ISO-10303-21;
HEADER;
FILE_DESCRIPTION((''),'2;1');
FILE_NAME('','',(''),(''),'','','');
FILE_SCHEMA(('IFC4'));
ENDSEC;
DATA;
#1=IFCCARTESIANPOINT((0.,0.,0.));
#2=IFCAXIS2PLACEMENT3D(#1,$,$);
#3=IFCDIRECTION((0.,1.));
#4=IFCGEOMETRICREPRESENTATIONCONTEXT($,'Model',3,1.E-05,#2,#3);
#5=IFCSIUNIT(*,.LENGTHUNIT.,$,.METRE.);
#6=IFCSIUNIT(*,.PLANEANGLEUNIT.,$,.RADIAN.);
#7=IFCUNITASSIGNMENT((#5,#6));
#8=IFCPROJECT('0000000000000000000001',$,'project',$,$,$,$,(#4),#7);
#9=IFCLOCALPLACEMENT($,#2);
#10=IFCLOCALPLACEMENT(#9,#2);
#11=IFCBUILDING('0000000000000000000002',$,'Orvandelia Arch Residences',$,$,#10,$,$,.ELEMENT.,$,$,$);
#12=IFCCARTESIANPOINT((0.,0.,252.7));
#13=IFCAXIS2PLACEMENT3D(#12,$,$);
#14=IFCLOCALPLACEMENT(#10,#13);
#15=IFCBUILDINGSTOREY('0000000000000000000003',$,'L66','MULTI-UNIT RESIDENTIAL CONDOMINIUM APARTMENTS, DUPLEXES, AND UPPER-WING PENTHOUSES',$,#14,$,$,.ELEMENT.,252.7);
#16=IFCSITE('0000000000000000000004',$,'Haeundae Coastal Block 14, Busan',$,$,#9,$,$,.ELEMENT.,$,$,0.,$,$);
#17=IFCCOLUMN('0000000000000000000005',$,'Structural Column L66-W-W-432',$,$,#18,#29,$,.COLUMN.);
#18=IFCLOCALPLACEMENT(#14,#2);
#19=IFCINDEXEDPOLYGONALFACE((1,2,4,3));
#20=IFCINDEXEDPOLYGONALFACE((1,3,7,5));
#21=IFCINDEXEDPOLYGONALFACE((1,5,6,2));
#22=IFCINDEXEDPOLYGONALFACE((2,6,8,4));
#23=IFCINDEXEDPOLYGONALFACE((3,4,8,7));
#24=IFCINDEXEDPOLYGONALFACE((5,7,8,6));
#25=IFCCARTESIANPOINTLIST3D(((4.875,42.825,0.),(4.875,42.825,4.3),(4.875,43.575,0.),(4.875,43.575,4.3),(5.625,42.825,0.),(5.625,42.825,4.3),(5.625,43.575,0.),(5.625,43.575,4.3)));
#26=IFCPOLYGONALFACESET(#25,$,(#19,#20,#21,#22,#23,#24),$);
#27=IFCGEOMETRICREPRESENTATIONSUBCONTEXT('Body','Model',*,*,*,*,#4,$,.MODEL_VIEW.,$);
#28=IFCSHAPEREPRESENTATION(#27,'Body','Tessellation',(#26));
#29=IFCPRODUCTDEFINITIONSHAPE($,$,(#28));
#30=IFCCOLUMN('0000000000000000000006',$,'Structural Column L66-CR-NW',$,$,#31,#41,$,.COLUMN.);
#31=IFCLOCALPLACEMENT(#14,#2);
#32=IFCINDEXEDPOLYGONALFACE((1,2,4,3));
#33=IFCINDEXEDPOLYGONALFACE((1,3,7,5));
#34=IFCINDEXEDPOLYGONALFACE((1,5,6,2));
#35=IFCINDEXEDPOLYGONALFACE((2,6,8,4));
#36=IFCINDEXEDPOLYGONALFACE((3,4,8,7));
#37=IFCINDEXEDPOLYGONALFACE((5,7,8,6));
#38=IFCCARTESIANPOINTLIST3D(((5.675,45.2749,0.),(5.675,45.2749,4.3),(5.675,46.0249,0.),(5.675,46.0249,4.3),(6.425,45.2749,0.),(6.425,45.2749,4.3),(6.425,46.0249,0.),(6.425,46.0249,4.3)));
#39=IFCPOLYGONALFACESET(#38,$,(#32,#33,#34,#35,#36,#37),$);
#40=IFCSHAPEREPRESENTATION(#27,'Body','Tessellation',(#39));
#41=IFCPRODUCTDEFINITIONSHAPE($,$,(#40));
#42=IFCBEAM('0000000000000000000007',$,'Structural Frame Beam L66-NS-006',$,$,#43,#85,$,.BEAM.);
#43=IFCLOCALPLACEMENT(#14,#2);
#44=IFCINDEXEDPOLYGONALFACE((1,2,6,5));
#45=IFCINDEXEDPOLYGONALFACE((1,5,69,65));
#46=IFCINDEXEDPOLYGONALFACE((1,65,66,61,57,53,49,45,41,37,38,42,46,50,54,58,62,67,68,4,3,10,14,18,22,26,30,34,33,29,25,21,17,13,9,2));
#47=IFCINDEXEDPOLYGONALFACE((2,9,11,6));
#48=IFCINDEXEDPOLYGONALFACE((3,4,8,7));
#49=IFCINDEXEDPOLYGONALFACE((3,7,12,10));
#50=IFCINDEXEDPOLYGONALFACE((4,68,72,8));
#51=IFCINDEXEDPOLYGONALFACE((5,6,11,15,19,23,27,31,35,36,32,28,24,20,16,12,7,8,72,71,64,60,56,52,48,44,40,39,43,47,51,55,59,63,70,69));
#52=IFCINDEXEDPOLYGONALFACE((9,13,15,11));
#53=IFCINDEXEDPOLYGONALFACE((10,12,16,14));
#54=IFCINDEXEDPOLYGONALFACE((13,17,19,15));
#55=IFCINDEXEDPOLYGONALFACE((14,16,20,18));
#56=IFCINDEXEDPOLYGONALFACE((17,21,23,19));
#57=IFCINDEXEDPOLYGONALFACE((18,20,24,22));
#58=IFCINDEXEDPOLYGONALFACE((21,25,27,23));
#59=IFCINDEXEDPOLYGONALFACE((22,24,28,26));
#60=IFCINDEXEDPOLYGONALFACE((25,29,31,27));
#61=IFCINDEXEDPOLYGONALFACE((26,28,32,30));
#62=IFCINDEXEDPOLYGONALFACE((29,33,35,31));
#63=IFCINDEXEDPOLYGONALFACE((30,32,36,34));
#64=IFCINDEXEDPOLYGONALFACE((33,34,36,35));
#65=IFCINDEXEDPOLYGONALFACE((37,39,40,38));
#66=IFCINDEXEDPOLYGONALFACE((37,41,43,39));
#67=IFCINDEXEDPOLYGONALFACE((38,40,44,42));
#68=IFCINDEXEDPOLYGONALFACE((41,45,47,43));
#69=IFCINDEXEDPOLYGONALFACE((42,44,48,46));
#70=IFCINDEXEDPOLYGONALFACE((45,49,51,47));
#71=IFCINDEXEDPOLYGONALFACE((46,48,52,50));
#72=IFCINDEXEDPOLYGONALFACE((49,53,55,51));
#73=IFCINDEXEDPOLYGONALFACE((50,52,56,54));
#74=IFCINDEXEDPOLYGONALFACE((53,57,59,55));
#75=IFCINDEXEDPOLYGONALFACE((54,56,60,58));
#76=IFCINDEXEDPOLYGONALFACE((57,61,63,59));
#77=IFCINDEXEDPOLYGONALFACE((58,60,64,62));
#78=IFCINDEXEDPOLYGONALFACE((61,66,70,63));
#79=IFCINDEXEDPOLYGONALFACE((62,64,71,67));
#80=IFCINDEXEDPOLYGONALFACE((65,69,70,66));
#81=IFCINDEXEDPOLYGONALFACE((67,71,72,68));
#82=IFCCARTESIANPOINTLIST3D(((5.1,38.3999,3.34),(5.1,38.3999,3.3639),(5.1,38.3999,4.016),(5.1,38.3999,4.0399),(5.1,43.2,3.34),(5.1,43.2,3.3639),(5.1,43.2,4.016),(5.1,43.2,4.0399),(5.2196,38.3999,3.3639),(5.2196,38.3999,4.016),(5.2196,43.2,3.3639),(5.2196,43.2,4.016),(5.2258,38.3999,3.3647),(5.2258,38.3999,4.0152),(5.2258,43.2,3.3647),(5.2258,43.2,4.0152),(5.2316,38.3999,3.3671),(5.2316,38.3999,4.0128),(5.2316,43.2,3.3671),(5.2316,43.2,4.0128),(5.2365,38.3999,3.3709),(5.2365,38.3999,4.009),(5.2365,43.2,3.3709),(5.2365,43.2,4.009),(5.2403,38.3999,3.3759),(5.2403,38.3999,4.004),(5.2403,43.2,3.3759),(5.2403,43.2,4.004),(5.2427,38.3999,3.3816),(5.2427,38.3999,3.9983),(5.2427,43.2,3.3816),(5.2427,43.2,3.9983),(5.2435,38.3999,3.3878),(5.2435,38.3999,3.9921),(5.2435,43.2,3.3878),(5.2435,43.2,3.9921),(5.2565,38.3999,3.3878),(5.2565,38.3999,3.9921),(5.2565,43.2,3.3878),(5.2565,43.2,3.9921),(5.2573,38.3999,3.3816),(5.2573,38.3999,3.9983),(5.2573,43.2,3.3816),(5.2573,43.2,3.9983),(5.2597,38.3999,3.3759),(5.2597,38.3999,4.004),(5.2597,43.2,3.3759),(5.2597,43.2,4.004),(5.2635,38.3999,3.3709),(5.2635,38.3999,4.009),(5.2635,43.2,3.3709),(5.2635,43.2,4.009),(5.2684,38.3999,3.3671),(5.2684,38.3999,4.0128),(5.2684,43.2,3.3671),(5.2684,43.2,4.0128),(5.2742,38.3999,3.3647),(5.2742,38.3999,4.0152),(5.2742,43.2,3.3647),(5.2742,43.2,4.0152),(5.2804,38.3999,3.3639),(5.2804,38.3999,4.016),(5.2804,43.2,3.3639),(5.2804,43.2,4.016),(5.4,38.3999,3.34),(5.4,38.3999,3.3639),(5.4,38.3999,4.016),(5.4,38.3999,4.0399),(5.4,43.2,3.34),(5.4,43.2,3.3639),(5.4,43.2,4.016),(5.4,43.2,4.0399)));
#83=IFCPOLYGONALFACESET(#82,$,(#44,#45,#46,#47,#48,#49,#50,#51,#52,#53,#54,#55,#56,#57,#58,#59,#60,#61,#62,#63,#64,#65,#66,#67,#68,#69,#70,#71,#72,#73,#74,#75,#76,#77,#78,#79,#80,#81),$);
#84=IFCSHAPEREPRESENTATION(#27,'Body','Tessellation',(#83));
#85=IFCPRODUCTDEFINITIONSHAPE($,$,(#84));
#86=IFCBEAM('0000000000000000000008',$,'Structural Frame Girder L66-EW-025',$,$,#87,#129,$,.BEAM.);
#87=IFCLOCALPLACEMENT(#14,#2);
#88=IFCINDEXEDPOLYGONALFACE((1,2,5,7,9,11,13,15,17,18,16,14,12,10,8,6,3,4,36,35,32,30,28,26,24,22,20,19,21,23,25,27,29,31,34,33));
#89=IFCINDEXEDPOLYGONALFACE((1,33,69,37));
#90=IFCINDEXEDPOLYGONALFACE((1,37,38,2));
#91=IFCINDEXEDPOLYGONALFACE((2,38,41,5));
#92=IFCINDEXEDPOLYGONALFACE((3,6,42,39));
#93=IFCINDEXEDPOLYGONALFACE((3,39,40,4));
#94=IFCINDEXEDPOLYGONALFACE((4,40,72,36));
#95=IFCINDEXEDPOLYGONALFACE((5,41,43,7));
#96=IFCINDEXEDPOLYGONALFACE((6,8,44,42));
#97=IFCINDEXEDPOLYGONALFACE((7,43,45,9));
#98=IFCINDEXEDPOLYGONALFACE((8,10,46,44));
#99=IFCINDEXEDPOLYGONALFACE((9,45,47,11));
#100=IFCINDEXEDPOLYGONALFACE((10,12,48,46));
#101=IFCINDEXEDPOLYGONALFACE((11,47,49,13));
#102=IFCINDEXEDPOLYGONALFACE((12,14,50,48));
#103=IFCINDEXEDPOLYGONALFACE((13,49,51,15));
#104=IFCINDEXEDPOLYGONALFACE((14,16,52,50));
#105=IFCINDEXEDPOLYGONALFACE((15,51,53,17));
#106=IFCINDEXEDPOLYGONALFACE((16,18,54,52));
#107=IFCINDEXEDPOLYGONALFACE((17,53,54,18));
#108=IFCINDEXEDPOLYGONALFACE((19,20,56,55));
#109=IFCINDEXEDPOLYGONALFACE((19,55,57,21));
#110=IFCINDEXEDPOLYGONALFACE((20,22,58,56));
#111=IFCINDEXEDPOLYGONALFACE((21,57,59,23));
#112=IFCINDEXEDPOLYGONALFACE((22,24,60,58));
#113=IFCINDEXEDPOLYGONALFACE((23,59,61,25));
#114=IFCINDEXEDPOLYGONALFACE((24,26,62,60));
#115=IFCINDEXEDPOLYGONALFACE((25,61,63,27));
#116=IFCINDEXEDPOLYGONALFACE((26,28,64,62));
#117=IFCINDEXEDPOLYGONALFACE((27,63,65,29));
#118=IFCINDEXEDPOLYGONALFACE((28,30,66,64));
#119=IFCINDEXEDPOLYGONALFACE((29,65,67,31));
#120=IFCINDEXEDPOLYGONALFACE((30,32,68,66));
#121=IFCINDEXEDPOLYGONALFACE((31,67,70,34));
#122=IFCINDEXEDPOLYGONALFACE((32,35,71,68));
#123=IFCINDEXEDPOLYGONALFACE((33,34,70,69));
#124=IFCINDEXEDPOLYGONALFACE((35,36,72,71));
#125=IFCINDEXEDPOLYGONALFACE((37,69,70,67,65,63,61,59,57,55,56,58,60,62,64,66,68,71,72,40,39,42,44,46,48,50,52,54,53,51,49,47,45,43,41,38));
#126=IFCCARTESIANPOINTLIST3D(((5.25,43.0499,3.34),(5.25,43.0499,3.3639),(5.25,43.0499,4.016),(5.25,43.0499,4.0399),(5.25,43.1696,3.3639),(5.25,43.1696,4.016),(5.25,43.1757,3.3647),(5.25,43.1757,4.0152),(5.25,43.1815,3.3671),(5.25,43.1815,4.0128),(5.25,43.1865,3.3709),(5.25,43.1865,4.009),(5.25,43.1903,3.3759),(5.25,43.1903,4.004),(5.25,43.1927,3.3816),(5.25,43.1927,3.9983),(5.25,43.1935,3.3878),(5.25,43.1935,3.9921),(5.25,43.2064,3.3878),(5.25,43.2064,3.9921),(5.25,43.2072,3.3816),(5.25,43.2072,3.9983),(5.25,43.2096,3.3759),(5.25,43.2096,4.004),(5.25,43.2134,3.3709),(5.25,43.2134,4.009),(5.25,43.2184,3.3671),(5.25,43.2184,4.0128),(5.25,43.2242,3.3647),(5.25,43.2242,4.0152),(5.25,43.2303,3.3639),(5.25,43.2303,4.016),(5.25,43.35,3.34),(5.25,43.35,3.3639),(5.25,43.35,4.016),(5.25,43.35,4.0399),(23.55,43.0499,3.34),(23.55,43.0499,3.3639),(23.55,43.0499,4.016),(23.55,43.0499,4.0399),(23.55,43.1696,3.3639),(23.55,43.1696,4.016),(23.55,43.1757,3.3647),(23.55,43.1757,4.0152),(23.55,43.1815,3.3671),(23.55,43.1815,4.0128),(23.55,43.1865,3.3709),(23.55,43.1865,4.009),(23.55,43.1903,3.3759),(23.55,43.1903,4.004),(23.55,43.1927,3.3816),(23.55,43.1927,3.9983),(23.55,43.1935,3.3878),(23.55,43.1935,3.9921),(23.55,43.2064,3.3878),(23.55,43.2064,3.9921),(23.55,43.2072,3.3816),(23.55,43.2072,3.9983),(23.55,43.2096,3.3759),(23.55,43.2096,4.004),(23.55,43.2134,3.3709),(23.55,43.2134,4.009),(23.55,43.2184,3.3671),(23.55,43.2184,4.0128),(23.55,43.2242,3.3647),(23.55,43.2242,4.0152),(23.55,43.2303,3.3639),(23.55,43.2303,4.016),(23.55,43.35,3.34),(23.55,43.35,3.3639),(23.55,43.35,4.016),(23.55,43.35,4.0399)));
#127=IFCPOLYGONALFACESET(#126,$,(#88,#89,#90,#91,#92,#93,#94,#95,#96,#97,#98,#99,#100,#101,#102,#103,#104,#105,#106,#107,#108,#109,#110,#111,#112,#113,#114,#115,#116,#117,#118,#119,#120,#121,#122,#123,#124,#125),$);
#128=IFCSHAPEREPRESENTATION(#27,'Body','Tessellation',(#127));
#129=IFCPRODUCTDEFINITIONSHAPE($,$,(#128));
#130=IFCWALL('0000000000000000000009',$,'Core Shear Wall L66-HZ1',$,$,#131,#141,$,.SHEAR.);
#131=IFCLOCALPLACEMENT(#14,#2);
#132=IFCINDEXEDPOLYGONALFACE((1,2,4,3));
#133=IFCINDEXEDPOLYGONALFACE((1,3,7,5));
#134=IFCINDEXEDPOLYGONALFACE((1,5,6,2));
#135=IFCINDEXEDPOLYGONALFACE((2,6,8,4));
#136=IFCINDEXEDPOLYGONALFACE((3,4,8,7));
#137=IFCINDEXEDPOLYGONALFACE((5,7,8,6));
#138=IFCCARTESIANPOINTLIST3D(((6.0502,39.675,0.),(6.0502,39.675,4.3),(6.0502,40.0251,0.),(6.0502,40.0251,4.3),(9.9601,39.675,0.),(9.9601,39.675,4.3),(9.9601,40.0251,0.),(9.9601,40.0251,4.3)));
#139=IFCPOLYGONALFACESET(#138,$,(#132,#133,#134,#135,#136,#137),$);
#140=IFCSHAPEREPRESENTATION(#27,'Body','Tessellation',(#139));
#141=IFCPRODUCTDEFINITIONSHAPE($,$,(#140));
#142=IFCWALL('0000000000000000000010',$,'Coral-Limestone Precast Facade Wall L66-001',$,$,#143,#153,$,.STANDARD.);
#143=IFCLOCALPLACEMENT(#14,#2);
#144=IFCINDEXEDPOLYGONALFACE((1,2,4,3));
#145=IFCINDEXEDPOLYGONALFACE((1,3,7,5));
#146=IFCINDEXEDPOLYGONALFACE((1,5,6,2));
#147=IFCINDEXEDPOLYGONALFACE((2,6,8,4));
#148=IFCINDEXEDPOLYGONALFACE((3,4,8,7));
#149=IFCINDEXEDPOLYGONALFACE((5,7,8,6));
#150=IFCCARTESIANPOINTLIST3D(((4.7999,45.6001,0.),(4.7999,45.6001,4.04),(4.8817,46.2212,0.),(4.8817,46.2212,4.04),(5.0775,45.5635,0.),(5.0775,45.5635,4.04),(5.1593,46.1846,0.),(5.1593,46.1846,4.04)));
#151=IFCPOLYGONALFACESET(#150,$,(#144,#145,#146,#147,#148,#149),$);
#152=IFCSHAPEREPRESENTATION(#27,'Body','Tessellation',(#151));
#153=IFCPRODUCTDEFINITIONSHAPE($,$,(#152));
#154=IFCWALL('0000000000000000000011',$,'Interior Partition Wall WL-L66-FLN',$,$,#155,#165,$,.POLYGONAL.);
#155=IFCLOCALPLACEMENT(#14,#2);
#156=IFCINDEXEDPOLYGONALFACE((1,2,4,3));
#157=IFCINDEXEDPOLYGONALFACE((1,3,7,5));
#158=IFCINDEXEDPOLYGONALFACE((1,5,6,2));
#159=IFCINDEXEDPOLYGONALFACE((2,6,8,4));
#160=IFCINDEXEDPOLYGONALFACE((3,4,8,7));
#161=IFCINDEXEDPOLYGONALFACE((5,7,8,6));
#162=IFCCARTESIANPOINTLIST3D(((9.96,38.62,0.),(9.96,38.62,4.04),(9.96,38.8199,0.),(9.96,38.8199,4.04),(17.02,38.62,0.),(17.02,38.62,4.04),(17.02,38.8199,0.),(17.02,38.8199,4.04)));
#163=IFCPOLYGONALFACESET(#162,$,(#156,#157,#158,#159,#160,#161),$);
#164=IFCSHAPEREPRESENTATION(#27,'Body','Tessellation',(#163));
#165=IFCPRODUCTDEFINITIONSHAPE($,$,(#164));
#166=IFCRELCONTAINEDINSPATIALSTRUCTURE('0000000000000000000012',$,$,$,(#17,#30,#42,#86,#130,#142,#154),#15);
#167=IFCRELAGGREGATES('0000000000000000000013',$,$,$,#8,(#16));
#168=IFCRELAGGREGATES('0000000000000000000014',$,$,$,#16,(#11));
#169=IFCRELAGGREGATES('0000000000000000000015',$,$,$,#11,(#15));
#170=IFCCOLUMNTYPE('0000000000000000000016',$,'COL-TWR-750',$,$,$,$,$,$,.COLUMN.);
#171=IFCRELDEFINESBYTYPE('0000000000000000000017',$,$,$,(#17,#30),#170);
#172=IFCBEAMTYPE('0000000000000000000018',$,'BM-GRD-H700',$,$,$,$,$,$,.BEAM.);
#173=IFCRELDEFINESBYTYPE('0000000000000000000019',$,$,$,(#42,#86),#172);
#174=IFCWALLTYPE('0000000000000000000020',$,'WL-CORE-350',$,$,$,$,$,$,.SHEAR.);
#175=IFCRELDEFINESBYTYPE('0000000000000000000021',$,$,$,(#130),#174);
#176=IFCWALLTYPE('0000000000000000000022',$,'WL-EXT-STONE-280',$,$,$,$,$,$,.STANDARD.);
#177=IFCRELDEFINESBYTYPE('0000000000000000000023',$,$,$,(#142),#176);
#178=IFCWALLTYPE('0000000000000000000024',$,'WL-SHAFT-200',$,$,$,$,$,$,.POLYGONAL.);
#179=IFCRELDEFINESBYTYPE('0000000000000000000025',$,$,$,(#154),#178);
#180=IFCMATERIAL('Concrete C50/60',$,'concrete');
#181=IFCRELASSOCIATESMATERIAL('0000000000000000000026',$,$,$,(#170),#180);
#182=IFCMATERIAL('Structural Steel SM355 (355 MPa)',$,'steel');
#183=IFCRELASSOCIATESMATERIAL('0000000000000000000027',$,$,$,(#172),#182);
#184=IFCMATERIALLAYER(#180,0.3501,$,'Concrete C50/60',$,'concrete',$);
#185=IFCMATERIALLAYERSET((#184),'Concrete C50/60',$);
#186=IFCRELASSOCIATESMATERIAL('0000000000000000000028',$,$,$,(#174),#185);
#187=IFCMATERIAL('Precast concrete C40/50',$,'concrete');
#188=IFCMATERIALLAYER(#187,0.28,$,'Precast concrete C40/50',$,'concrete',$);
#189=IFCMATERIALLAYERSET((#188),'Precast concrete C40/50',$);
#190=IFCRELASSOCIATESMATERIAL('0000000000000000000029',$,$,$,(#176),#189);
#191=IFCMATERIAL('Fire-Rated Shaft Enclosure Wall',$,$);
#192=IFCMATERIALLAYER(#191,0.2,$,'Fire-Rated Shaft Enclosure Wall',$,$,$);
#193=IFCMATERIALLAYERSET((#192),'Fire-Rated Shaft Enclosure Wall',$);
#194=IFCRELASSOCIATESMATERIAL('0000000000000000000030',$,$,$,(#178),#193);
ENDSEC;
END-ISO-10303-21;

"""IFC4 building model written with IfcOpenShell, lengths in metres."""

from ifc_helpers import new_model, si_unit, direction, frame, frame_2d, origin, origin_2d, place, context, subcontext, project, spatial, rectangle, i_section, extrude, material, layer, layer_set, material_profile, profile_set, type_object, element, save


model = new_model("IFC4")

# Units and contexts
model_context = context("Model", 3, precision=1e-05, world=origin(), true_north=direction((0.0, 1.0)))
body_context = subcontext(model_context, "Body", "Model", "MODEL_VIEW")
ifc_project = project(units=[si_unit("LENGTHUNIT", "METRE"), si_unit("PLANEANGLEUNIT", "RADIAN")], contexts=[model_context])

# Site, building, storey
site_placement = place(None, origin())
site = spatial("IfcSite", under=ifc_project, at=site_placement, Name="Haeundae Coastal Block 14, Busan", CompositionType="ELEMENT", RefElevation=0.0)
building_placement = place(site_placement, origin())
building = spatial("IfcBuilding", under=site, at=building_placement, Name="Orvandelia Arch Residences", CompositionType="ELEMENT")
storey_placement = place(building_placement, frame((0.0, 0.0, 252.7)))
storey = spatial("IfcBuildingStorey", under=building, at=storey_placement, Name="L66", Description="MULTI-UNIT RESIDENTIAL CONDOMINIUM APARTMENTS, DUPLEXES, AND UPPER-WING PENTHOUSES", CompositionType="ELEMENT", Elevation=252.7)

# Columns
ifc_material_1 = material(Name="Concrete C50/60", Category="concrete")
ifc_material_profile_1 = material_profile(ifc_material_1, rectangle(XDim=0.75, YDim=0.75, at=origin_2d()), Name="Concrete C50/60", Category="concrete")
ifc_profile_set_1 = profile_set([ifc_material_profile_1], Name="Concrete C50/60")
column_type = type_object("IfcColumnType", Name="COL-TWR-750", PredefinedType="COLUMN", material=ifc_profile_set_1)
for number, where, z_axis, x_axis, name in (
    (1, (5.25, 43.2, 0.0), (0.0, 0.0, 1.0), (1.0, 0.0, 0.0), "Structural Column L66-W-W-432"),
    (2, (6.05, 45.6499, 0.0), (0.0, 0.0, 1.0), (1.0, 0.0, 0.0), "Structural Column L66-CR-NW"),
):
    element("IfcColumn", number, at=place(storey_placement, frame(where, z_axis=z_axis, x_axis=x_axis)), inside=storey, type_object=column_type, Name=name, PredefinedType="COLUMN", context=body_context, shape_type="SweptSolid", body=[
        extrude(rectangle(XDim=0.75, YDim=0.75, at=origin_2d()), origin(), (0.0, 0.0, 1.0), 4.3),
    ])

# Beams
ifc_material_2 = material(Name="Structural Steel SM355 (355 MPa)", Category="steel")
ifc_material_profile_2 = material_profile(ifc_material_2, i_section(OverallWidth=0.3, OverallDepth=0.7, WebThickness=0.0129, FlangeThickness=0.0239, FilletRadius=0.0239, at=origin_2d()), Name="Structural Steel SM355 (355 MPa)", Category="steel")
ifc_profile_set_2 = profile_set([ifc_material_profile_2], Name="Structural Steel SM355 (355 MPa)")
beam_type = type_object("IfcBeamType", Name="BM-GRD-H700", PredefinedType="BEAM", material=ifc_profile_set_2)
beam_1_placement = place(storey_placement, frame((5.25, 38.3999, 3.6899), z_axis=(0.0, 1.0, 0.0), x_axis=(-1.0, 0.0, 0.0)))
element("IfcBeam", 3, at=beam_1_placement, inside=storey, type_object=beam_type, Name="Structural Frame Beam L66-NS-006", PredefinedType="BEAM", context=body_context, shape_type="SweptSolid", body=[
    extrude(i_section(OverallWidth=0.3, OverallDepth=0.7, WebThickness=0.0129, FlangeThickness=0.0239, FilletRadius=0.0239, at=origin_2d()), origin(), (0.0, 0.0, 1.0), 4.8),
])
beam_2_placement = place(storey_placement, frame((5.25, 43.2, 3.6899), z_axis=(1.0, 0.0, 0.0), x_axis=(0.0, 1.0, 0.0)))
element("IfcBeam", 4, at=beam_2_placement, inside=storey, type_object=beam_type, Name="Structural Frame Girder L66-EW-025", PredefinedType="BEAM", context=body_context, shape_type="SweptSolid", body=[
    extrude(i_section(OverallWidth=0.3, OverallDepth=0.7, WebThickness=0.0129, FlangeThickness=0.0239, FilletRadius=0.0239, at=origin_2d()), origin(), (0.0, 0.0, 1.0), 18.3),
])

# Wall
ifc_layer_1 = layer(ifc_material_1, 0.3501, Name="Concrete C50/60", Category="concrete")
ifc_layer_set_1 = layer_set([ifc_layer_1], Name="Concrete C50/60")
wall_type_1 = type_object("IfcWallType", Name="WL-CORE-350", PredefinedType="SHEAR", material=ifc_layer_set_1)
wall_1_placement = place(storey_placement, frame((6.05, 39.8501, 0.0), z_axis=(0.0, 0.0, 1.0), x_axis=(1.0, 0.0, 0.0)))
element("IfcWall", 5, at=wall_1_placement, inside=storey, type_object=wall_type_1, Name="Core Shear Wall L66-HZ1", PredefinedType="SHEAR", context=body_context, shape_type="SweptSolid", body=[
    extrude(rectangle(XDim=3.9099, YDim=0.3501, at=frame_2d((1.9551, 0.0))), origin(), (0.0, 0.0, 1.0), 4.3),
])

# Walls
ifc_material_3 = material(Name="Precast concrete C40/50", Category="concrete")
ifc_layer_2 = layer(ifc_material_3, 0.28, Name="Precast concrete C40/50", Category="concrete")
ifc_layer_set_2 = layer_set([ifc_layer_2], Name="Precast concrete C40/50")
wall_type_2 = type_object("IfcWallType", Name="WL-EXT-STONE-280", PredefinedType="STANDARD", material=ifc_layer_set_2)
wall_2_placement = place(storey_placement, frame((4.9387, 45.5818, 0.0), z_axis=(0.0, 0.0, 1.0), x_axis=(0.130555, 0.991441, 0.0)))
element("IfcWall", 6, at=wall_2_placement, inside=storey, type_object=wall_type_2, Name="Coral-Limestone Precast Facade Wall L66-001", PredefinedType="STANDARD", context=body_context, shape_type="SweptSolid", body=[
    extrude(rectangle(XDim=0.6265, YDim=0.28, at=frame_2d((0.3132, 0.0))), origin(), (0.0, 0.0, 1.0), 4.04),
])
ifc_material_4 = material(Name="Fire-Rated Shaft Enclosure Wall")
ifc_layer_3 = layer(ifc_material_4, 0.2, Name="Fire-Rated Shaft Enclosure Wall")
ifc_layer_set_3 = layer_set([ifc_layer_3], Name="Fire-Rated Shaft Enclosure Wall")
wall_type_3 = type_object("IfcWallType", Name="WL-SHAFT-200", PredefinedType="POLYGONAL", material=ifc_layer_set_3)
wall_3_placement = place(storey_placement, frame((9.96, 38.72, 0.0), z_axis=(0.0, 0.0, 1.0), x_axis=(1.0, 0.0, 0.0)))
element("IfcWall", 7, at=wall_3_placement, inside=storey, type_object=wall_type_3, Name="Interior Partition Wall WL-L66-FLN", PredefinedType="POLYGONAL", context=body_context, shape_type="SweptSolid", body=[
    extrude(rectangle(XDim=7.0601, YDim=0.2, at=frame_2d((3.53, 0.0))), origin(), (0.0, 0.0, 1.0), 4.04),
])

save(model, "model.ifc")
